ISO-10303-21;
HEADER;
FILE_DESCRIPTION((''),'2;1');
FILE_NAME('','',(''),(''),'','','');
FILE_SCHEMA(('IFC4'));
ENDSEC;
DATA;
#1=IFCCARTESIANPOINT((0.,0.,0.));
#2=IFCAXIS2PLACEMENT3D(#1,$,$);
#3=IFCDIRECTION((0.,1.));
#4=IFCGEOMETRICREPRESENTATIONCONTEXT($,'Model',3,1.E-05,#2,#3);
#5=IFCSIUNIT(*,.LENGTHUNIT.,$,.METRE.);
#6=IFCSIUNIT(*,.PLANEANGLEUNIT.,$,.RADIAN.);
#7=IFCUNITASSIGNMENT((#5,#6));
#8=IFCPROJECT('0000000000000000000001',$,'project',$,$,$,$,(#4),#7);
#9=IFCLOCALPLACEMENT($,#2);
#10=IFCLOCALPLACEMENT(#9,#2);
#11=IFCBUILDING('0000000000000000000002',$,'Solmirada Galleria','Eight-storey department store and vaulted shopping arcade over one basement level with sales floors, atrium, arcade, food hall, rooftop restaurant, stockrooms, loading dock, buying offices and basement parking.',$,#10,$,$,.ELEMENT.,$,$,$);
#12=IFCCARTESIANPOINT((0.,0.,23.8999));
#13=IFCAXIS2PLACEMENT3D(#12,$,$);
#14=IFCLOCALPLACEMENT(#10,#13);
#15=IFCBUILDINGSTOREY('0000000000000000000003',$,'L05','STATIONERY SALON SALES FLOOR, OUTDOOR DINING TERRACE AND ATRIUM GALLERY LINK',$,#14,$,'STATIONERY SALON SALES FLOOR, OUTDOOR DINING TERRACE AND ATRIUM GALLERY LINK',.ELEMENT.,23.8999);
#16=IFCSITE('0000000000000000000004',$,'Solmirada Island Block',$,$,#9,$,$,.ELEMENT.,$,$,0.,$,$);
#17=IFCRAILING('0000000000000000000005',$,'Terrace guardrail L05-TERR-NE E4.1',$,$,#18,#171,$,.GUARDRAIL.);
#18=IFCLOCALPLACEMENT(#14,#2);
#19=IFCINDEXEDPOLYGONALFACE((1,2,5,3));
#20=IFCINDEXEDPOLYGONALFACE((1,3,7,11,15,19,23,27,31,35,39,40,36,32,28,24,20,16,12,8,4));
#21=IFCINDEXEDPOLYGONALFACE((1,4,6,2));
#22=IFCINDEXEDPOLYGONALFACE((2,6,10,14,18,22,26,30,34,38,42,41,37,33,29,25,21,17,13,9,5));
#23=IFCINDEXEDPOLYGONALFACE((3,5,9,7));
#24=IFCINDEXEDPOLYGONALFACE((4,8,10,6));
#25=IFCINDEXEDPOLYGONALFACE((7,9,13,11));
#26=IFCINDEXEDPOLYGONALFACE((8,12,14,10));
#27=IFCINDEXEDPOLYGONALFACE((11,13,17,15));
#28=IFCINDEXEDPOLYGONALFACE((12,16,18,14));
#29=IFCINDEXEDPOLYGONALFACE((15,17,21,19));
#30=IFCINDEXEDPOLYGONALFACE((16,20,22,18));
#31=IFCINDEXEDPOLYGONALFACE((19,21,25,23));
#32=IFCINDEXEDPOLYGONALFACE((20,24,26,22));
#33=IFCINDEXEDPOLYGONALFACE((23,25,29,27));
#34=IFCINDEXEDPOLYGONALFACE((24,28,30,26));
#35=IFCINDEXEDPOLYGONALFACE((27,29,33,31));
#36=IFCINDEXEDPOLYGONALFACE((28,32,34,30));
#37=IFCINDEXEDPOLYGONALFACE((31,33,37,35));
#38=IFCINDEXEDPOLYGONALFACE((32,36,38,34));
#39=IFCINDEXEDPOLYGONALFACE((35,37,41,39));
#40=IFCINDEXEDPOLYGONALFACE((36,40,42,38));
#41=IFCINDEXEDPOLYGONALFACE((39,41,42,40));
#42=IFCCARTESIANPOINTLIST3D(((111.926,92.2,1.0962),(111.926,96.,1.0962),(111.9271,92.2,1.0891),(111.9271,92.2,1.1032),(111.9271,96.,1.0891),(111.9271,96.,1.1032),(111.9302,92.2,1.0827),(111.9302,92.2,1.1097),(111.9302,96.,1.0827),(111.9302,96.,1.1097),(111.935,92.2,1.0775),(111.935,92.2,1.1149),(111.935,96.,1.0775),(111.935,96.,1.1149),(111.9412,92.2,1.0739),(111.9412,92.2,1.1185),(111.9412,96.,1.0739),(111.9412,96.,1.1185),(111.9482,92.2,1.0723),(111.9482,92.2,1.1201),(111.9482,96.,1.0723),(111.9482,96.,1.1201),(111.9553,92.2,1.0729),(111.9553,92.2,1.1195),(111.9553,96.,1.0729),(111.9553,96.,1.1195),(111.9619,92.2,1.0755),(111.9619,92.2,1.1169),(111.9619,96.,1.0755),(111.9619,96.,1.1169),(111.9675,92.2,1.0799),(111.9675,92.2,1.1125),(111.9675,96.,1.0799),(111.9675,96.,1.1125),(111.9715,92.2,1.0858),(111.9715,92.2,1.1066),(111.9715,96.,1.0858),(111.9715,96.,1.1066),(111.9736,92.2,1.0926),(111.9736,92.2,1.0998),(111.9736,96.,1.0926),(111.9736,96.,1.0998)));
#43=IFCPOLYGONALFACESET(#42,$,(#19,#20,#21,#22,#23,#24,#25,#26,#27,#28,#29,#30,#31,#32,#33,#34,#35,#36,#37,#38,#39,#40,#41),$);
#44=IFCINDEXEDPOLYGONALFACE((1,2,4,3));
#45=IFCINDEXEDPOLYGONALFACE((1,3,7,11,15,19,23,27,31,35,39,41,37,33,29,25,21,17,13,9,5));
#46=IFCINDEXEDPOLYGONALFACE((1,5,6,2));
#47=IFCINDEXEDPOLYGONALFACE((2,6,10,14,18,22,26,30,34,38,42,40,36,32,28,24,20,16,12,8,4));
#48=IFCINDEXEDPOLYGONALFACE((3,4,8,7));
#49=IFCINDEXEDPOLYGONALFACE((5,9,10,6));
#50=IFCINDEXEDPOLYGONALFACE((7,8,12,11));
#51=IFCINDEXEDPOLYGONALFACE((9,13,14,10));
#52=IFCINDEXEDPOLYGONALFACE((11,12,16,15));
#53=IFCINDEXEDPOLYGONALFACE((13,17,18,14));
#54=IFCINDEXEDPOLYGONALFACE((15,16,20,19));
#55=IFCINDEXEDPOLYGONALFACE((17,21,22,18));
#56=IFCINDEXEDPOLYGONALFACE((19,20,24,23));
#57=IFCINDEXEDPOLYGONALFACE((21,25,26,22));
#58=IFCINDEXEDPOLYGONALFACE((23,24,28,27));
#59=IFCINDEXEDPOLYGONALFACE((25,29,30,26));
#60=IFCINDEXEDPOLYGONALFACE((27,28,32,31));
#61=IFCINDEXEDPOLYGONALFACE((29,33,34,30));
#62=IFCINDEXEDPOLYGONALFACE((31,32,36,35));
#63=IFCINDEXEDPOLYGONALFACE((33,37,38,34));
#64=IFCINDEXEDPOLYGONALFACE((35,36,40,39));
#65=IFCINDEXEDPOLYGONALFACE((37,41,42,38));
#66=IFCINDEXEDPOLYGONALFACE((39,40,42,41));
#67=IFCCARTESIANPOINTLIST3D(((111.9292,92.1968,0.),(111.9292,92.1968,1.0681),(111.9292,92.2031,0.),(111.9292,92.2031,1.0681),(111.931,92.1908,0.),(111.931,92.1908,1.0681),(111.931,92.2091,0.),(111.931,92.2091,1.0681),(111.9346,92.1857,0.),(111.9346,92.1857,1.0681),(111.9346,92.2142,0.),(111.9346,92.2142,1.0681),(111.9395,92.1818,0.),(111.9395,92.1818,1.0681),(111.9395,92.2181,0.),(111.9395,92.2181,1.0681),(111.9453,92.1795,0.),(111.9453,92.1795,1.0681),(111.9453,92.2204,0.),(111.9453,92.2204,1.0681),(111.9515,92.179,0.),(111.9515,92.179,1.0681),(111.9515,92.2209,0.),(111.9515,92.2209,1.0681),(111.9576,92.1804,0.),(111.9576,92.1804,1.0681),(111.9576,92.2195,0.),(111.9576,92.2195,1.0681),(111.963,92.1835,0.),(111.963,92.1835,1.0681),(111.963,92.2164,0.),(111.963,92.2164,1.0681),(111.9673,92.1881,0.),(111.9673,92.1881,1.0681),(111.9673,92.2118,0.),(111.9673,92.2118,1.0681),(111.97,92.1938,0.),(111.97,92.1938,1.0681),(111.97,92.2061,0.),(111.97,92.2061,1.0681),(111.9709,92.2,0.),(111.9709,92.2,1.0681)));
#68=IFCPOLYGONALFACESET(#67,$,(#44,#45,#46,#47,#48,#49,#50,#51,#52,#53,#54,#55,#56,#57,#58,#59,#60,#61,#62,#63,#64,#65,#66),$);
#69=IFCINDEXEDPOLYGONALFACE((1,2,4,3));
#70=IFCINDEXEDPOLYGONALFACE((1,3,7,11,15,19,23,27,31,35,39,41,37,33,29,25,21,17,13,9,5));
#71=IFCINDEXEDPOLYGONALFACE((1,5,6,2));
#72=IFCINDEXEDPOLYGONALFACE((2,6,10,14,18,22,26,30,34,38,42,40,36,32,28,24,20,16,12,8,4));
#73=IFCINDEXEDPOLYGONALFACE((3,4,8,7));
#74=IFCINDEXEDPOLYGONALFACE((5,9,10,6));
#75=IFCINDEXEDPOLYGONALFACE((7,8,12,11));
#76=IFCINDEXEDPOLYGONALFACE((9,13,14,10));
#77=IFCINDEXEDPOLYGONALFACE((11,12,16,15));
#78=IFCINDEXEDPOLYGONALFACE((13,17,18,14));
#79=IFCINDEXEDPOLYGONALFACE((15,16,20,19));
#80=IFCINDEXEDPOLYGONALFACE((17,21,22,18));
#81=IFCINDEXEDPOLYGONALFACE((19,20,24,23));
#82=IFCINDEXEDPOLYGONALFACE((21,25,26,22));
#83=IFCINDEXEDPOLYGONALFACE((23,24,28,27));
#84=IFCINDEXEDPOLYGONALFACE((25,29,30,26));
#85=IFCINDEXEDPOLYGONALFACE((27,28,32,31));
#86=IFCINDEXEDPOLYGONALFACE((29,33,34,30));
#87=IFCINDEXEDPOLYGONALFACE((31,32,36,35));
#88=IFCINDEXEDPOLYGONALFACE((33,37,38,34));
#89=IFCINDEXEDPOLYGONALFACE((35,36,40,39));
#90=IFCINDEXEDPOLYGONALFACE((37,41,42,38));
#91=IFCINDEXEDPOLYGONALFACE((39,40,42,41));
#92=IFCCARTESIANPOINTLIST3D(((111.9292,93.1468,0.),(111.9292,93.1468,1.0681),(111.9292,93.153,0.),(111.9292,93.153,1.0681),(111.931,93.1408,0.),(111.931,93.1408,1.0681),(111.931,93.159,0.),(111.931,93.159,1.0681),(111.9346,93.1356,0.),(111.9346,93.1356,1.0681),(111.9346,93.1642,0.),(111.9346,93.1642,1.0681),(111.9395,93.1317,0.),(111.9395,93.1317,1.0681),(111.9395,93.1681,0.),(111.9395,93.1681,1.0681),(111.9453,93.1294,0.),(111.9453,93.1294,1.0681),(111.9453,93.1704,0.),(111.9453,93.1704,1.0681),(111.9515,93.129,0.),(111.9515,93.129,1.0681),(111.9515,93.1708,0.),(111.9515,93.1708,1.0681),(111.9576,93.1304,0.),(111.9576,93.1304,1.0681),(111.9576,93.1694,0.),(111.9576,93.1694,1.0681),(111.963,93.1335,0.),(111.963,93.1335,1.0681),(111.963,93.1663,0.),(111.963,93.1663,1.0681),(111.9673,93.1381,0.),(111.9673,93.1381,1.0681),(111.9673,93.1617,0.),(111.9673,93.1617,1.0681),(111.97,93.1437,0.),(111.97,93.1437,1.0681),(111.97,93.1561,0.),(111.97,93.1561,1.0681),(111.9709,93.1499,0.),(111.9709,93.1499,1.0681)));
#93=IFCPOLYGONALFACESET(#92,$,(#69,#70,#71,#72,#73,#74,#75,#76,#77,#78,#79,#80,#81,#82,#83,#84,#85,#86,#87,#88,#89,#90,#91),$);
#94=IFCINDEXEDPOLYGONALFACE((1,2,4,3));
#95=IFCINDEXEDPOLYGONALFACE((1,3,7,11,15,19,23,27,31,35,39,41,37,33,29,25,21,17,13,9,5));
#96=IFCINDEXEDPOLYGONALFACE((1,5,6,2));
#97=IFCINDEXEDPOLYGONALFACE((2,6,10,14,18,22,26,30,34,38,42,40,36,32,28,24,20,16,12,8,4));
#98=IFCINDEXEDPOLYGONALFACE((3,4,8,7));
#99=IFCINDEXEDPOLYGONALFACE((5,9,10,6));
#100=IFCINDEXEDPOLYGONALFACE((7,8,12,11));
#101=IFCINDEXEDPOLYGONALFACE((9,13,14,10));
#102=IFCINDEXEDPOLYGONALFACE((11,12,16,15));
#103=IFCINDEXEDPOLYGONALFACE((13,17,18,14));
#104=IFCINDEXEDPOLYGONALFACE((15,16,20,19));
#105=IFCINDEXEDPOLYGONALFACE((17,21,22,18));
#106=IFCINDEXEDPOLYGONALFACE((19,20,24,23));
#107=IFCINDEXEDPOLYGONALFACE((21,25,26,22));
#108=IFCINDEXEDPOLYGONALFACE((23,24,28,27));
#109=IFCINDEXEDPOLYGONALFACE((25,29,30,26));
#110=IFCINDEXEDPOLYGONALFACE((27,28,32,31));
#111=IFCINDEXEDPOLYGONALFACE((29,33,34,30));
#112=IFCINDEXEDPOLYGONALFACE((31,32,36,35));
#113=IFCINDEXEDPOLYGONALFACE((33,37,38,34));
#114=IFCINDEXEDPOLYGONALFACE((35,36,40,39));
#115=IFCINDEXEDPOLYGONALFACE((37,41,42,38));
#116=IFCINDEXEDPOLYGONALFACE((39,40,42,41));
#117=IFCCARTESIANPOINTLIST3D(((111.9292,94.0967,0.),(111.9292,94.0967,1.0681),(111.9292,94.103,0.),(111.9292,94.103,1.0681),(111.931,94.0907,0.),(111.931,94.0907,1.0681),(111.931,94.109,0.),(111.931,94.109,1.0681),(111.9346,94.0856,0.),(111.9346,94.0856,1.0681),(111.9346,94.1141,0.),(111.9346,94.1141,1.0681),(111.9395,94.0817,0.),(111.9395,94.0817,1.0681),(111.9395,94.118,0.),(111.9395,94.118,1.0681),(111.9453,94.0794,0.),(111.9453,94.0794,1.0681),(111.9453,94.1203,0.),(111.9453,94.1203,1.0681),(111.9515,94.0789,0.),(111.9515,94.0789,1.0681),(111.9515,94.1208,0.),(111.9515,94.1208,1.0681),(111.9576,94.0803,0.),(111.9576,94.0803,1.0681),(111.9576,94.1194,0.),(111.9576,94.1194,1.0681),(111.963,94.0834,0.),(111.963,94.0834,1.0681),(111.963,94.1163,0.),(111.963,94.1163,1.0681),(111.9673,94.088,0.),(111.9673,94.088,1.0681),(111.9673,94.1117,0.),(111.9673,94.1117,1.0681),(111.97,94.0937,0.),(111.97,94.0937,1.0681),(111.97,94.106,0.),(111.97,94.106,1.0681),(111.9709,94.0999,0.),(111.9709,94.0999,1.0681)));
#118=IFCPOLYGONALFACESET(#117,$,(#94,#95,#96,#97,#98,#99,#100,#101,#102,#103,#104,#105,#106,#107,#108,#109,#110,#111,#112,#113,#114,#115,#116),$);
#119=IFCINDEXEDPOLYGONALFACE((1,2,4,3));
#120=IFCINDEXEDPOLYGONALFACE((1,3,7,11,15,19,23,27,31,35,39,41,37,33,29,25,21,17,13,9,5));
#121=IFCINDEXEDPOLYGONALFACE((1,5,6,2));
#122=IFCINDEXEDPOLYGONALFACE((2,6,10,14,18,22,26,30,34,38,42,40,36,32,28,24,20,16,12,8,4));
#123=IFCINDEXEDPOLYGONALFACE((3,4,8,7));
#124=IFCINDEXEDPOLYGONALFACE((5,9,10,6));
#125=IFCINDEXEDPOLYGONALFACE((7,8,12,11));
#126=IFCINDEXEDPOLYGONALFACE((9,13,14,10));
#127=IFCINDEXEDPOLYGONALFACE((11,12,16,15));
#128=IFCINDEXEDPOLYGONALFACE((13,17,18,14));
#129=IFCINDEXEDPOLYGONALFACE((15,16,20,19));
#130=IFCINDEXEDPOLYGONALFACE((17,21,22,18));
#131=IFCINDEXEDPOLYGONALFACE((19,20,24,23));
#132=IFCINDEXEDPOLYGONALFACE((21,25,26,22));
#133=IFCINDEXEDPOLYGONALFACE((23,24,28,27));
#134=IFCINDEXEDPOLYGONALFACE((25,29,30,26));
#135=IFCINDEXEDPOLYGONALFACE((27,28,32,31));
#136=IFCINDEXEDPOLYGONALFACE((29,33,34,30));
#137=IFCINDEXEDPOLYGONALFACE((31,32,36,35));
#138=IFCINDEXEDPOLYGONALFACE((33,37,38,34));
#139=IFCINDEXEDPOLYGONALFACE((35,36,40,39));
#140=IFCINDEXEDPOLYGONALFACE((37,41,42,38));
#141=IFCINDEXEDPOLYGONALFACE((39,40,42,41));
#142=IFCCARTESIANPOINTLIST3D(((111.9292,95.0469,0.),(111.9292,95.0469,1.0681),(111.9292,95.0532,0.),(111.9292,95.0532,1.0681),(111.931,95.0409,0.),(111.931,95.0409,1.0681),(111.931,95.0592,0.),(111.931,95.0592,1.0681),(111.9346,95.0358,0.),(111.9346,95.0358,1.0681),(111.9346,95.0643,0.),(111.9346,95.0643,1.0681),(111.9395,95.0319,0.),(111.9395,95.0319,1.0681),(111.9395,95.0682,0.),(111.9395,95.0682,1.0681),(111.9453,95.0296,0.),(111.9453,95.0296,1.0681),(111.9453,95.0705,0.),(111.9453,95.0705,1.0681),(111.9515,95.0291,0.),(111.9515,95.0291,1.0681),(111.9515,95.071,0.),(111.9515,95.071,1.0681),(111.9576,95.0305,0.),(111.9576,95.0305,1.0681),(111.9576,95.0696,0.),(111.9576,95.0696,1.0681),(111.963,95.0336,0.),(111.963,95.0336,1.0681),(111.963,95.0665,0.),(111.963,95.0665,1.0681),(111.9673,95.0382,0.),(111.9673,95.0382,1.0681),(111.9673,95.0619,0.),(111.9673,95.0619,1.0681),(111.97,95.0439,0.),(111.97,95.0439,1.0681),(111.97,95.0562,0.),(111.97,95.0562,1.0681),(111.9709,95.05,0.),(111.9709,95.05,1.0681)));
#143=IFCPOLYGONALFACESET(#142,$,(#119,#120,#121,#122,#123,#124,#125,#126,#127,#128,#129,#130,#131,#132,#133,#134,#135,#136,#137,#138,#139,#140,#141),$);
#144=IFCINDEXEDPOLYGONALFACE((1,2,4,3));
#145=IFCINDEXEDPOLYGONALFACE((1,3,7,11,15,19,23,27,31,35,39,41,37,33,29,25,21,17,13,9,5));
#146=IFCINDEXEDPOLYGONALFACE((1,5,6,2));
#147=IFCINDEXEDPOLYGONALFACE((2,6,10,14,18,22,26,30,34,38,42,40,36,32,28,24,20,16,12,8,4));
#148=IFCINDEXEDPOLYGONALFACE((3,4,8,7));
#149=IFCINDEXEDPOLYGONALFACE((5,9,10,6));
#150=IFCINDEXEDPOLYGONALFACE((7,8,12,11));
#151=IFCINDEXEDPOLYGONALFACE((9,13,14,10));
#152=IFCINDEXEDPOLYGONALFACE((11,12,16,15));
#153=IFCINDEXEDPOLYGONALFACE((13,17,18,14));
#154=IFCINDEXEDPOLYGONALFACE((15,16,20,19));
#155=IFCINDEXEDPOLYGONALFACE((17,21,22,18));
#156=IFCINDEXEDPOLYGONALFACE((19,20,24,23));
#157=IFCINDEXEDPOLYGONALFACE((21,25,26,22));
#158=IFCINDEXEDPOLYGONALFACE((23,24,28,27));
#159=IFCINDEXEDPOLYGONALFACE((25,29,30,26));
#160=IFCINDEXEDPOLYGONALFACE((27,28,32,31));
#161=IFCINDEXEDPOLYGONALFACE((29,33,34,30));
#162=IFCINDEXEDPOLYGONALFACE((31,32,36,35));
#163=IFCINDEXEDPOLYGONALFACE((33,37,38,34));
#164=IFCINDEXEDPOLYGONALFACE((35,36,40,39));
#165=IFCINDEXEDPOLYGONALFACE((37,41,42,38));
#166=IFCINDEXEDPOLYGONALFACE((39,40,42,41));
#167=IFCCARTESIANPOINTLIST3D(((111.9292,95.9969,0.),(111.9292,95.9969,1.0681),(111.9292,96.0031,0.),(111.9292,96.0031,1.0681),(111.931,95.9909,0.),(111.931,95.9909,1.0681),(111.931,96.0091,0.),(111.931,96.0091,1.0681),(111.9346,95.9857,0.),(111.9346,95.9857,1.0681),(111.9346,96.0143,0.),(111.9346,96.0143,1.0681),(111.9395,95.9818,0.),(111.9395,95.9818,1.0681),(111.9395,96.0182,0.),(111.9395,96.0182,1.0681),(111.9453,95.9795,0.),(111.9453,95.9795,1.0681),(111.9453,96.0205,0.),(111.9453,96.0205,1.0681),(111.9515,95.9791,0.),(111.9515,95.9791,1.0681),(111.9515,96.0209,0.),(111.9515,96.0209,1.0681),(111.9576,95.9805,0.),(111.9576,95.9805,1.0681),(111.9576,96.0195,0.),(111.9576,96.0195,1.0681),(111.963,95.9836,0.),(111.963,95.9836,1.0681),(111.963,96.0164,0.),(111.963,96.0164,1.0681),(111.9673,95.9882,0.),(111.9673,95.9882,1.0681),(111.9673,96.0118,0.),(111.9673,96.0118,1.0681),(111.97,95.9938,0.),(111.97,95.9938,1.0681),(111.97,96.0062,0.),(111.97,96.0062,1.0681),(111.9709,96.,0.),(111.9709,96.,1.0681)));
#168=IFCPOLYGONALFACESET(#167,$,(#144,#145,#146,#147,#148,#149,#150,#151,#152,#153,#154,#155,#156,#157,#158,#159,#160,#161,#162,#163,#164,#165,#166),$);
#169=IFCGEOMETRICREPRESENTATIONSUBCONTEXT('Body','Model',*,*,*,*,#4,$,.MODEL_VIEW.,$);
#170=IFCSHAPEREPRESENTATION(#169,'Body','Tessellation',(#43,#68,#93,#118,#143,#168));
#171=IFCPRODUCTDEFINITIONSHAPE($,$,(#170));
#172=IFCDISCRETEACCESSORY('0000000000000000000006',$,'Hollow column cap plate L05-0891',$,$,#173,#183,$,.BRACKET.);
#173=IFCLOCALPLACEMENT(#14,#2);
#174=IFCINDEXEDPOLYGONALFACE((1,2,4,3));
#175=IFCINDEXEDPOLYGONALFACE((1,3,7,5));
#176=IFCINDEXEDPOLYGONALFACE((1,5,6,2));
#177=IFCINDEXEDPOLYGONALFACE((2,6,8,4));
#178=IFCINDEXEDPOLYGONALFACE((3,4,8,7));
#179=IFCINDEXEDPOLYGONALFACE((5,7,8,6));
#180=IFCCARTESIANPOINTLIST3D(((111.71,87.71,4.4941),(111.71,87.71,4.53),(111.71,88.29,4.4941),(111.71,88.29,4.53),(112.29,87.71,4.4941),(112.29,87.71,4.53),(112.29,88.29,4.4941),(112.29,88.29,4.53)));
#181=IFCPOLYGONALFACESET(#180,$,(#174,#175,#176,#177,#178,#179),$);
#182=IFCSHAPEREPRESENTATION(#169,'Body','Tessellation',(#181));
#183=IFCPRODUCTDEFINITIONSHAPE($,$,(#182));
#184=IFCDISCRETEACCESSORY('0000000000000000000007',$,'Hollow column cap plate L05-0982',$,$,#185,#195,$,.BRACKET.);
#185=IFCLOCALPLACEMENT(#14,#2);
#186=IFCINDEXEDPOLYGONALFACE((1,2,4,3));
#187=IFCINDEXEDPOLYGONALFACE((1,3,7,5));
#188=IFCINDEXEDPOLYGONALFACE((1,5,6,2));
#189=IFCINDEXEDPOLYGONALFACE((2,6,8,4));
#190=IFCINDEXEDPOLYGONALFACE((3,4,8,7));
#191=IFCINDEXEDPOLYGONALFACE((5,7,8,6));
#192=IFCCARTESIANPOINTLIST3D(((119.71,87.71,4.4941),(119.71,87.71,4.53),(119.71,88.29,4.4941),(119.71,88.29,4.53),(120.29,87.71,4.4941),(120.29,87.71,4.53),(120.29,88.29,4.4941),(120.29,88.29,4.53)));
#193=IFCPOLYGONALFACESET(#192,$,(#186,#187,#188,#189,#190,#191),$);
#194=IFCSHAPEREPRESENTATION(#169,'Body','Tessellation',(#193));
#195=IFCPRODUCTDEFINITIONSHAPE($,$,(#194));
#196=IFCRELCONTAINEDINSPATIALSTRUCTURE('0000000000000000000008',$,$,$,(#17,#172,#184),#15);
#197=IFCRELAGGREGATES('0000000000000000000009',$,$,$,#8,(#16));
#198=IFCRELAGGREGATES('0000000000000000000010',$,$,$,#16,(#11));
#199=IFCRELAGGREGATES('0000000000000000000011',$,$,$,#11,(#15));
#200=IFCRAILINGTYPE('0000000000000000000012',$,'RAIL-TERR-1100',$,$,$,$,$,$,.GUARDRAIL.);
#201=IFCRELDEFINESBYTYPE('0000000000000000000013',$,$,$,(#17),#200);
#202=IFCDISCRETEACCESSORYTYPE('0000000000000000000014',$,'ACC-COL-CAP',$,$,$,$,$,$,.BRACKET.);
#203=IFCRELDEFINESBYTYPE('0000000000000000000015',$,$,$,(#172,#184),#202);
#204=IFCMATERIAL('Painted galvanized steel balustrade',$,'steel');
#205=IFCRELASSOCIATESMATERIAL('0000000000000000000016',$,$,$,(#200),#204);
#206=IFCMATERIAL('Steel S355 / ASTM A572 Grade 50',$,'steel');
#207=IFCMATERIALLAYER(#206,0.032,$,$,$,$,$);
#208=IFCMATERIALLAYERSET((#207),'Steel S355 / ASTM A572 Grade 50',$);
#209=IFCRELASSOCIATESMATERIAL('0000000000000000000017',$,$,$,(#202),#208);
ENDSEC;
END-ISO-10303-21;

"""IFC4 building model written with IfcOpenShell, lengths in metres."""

from ifc_helpers import new_model, si_unit, direction, frame, origin, origin_2d, place, context, subcontext, project, spatial, rectangle, circle, extrude, material, layer, layer_set, type_object, element, save


model = new_model("IFC4")

# Units and contexts
model_context = context("Model", 3, precision=1e-05, world=origin(), true_north=direction((0.0, 1.0)))
body_context = subcontext(model_context, "Body", "Model", "MODEL_VIEW")
ifc_project = project(units=[si_unit("LENGTHUNIT", "METRE"), si_unit("PLANEANGLEUNIT", "RADIAN")], contexts=[model_context])

# Site, building, storey
site_placement = place(None, origin())
site = spatial("IfcSite", under=ifc_project, at=site_placement, Name="Solmirada Island Block", CompositionType="ELEMENT", RefElevation=0.0)
building_placement = place(site_placement, origin())
building = spatial("IfcBuilding", under=site, at=building_placement, Name="Solmirada Galleria", Description="Eight-storey department store and vaulted shopping arcade over one basement level with sales floors, atrium, arcade, food hall, rooftop restaurant, stockrooms, loading dock, buying offices and basement parking.", CompositionType="ELEMENT")
storey_placement = place(building_placement, frame((0.0, 0.0, 23.8999)))
storey = spatial("IfcBuildingStorey", under=building, at=storey_placement, Name="L05", Description="STATIONERY SALON SALES FLOOR, OUTDOOR DINING TERRACE AND ATRIUM GALLERY LINK", LongName="STATIONERY SALON SALES FLOOR, OUTDOOR DINING TERRACE AND ATRIUM GALLERY LINK", CompositionType="ELEMENT", Elevation=23.8999)

# Railing
ifc_material_1 = material(Name="Painted galvanized steel balustrade", Category="steel")
railing_type = type_object("IfcRailingType", Name="RAIL-TERR-1100", PredefinedType="GUARDRAIL", material=ifc_material_1)
railing_placement = place(storey_placement, frame((111.95, 92.2, 0.0)))
element("IfcRailing", 1, at=railing_placement, inside=storey, type_object=railing_type, Name="Terrace guardrail L05-TERR-NE E4.1", PredefinedType="GUARDRAIL", context=body_context, shape_type="SweptSolid", body=[
    extrude(circle(Radius=0.0239, at=origin_2d()), frame((0.0, 0.0, 1.0962), z_axis=(0.0, 1.0, 0.0), x_axis=(-1.0, 0.0, 0.0)), (0.0, 0.0, 1.0), 3.8),
    extrude(circle(Radius=0.021, at=origin_2d()), origin(), (0.0, 0.0, 1.0), 1.0681),
    extrude(circle(Radius=0.021, at=origin_2d()), frame((0.0, 0.95, 0.0)), (0.0, 0.0, 1.0), 1.0681),
    extrude(circle(Radius=0.021, at=origin_2d()), frame((0.0, 1.8999, 0.0)), (0.0, 0.0, 1.0), 1.0681),
    extrude(circle(Radius=0.021, at=origin_2d()), frame((0.0, 2.8501, 0.0)), (0.0, 0.0, 1.0), 1.0681),
    extrude(circle(Radius=0.021, at=origin_2d()), frame((0.0, 3.8, 0.0)), (0.0, 0.0, 1.0), 1.0681),
])

# Discrete accessories
ifc_material_2 = material(Name="Steel S355 / ASTM A572 Grade 50", Category="steel")
ifc_layer_1 = layer(ifc_material_2, 0.032)
ifc_layer_set_1 = layer_set([ifc_layer_1], Name="Steel S355 / ASTM A572 Grade 50")
discrete_accessory_type = type_object("IfcDiscreteAccessoryType", Name="ACC-COL-CAP", PredefinedType="BRACKET", material=ifc_layer_set_1)
for number, where, z_axis, x_axis, name in (
    (2, (112.0, 88.0, 4.4941), (0.0, 0.0, 1.0), (1.0, 0.0, 0.0), "Hollow column cap plate L05-0891"),
    (3, (120.0, 88.0, 4.4941), (0.0, 0.0, 1.0), (1.0, 0.0, 0.0), "Hollow column cap plate L05-0982"),
):
    element("IfcDiscreteAccessory", number, at=place(storey_placement, frame(where, z_axis=z_axis, x_axis=x_axis)), inside=storey, type_object=discrete_accessory_type, Name=name, PredefinedType="BRACKET", context=body_context, shape_type="SweptSolid", body=[
        extrude(rectangle(XDim=0.5801, YDim=0.5801, at=origin_2d()), origin(), (0.0, 0.0, 1.0), 0.0359),
    ])

save(model, "model.ifc")
